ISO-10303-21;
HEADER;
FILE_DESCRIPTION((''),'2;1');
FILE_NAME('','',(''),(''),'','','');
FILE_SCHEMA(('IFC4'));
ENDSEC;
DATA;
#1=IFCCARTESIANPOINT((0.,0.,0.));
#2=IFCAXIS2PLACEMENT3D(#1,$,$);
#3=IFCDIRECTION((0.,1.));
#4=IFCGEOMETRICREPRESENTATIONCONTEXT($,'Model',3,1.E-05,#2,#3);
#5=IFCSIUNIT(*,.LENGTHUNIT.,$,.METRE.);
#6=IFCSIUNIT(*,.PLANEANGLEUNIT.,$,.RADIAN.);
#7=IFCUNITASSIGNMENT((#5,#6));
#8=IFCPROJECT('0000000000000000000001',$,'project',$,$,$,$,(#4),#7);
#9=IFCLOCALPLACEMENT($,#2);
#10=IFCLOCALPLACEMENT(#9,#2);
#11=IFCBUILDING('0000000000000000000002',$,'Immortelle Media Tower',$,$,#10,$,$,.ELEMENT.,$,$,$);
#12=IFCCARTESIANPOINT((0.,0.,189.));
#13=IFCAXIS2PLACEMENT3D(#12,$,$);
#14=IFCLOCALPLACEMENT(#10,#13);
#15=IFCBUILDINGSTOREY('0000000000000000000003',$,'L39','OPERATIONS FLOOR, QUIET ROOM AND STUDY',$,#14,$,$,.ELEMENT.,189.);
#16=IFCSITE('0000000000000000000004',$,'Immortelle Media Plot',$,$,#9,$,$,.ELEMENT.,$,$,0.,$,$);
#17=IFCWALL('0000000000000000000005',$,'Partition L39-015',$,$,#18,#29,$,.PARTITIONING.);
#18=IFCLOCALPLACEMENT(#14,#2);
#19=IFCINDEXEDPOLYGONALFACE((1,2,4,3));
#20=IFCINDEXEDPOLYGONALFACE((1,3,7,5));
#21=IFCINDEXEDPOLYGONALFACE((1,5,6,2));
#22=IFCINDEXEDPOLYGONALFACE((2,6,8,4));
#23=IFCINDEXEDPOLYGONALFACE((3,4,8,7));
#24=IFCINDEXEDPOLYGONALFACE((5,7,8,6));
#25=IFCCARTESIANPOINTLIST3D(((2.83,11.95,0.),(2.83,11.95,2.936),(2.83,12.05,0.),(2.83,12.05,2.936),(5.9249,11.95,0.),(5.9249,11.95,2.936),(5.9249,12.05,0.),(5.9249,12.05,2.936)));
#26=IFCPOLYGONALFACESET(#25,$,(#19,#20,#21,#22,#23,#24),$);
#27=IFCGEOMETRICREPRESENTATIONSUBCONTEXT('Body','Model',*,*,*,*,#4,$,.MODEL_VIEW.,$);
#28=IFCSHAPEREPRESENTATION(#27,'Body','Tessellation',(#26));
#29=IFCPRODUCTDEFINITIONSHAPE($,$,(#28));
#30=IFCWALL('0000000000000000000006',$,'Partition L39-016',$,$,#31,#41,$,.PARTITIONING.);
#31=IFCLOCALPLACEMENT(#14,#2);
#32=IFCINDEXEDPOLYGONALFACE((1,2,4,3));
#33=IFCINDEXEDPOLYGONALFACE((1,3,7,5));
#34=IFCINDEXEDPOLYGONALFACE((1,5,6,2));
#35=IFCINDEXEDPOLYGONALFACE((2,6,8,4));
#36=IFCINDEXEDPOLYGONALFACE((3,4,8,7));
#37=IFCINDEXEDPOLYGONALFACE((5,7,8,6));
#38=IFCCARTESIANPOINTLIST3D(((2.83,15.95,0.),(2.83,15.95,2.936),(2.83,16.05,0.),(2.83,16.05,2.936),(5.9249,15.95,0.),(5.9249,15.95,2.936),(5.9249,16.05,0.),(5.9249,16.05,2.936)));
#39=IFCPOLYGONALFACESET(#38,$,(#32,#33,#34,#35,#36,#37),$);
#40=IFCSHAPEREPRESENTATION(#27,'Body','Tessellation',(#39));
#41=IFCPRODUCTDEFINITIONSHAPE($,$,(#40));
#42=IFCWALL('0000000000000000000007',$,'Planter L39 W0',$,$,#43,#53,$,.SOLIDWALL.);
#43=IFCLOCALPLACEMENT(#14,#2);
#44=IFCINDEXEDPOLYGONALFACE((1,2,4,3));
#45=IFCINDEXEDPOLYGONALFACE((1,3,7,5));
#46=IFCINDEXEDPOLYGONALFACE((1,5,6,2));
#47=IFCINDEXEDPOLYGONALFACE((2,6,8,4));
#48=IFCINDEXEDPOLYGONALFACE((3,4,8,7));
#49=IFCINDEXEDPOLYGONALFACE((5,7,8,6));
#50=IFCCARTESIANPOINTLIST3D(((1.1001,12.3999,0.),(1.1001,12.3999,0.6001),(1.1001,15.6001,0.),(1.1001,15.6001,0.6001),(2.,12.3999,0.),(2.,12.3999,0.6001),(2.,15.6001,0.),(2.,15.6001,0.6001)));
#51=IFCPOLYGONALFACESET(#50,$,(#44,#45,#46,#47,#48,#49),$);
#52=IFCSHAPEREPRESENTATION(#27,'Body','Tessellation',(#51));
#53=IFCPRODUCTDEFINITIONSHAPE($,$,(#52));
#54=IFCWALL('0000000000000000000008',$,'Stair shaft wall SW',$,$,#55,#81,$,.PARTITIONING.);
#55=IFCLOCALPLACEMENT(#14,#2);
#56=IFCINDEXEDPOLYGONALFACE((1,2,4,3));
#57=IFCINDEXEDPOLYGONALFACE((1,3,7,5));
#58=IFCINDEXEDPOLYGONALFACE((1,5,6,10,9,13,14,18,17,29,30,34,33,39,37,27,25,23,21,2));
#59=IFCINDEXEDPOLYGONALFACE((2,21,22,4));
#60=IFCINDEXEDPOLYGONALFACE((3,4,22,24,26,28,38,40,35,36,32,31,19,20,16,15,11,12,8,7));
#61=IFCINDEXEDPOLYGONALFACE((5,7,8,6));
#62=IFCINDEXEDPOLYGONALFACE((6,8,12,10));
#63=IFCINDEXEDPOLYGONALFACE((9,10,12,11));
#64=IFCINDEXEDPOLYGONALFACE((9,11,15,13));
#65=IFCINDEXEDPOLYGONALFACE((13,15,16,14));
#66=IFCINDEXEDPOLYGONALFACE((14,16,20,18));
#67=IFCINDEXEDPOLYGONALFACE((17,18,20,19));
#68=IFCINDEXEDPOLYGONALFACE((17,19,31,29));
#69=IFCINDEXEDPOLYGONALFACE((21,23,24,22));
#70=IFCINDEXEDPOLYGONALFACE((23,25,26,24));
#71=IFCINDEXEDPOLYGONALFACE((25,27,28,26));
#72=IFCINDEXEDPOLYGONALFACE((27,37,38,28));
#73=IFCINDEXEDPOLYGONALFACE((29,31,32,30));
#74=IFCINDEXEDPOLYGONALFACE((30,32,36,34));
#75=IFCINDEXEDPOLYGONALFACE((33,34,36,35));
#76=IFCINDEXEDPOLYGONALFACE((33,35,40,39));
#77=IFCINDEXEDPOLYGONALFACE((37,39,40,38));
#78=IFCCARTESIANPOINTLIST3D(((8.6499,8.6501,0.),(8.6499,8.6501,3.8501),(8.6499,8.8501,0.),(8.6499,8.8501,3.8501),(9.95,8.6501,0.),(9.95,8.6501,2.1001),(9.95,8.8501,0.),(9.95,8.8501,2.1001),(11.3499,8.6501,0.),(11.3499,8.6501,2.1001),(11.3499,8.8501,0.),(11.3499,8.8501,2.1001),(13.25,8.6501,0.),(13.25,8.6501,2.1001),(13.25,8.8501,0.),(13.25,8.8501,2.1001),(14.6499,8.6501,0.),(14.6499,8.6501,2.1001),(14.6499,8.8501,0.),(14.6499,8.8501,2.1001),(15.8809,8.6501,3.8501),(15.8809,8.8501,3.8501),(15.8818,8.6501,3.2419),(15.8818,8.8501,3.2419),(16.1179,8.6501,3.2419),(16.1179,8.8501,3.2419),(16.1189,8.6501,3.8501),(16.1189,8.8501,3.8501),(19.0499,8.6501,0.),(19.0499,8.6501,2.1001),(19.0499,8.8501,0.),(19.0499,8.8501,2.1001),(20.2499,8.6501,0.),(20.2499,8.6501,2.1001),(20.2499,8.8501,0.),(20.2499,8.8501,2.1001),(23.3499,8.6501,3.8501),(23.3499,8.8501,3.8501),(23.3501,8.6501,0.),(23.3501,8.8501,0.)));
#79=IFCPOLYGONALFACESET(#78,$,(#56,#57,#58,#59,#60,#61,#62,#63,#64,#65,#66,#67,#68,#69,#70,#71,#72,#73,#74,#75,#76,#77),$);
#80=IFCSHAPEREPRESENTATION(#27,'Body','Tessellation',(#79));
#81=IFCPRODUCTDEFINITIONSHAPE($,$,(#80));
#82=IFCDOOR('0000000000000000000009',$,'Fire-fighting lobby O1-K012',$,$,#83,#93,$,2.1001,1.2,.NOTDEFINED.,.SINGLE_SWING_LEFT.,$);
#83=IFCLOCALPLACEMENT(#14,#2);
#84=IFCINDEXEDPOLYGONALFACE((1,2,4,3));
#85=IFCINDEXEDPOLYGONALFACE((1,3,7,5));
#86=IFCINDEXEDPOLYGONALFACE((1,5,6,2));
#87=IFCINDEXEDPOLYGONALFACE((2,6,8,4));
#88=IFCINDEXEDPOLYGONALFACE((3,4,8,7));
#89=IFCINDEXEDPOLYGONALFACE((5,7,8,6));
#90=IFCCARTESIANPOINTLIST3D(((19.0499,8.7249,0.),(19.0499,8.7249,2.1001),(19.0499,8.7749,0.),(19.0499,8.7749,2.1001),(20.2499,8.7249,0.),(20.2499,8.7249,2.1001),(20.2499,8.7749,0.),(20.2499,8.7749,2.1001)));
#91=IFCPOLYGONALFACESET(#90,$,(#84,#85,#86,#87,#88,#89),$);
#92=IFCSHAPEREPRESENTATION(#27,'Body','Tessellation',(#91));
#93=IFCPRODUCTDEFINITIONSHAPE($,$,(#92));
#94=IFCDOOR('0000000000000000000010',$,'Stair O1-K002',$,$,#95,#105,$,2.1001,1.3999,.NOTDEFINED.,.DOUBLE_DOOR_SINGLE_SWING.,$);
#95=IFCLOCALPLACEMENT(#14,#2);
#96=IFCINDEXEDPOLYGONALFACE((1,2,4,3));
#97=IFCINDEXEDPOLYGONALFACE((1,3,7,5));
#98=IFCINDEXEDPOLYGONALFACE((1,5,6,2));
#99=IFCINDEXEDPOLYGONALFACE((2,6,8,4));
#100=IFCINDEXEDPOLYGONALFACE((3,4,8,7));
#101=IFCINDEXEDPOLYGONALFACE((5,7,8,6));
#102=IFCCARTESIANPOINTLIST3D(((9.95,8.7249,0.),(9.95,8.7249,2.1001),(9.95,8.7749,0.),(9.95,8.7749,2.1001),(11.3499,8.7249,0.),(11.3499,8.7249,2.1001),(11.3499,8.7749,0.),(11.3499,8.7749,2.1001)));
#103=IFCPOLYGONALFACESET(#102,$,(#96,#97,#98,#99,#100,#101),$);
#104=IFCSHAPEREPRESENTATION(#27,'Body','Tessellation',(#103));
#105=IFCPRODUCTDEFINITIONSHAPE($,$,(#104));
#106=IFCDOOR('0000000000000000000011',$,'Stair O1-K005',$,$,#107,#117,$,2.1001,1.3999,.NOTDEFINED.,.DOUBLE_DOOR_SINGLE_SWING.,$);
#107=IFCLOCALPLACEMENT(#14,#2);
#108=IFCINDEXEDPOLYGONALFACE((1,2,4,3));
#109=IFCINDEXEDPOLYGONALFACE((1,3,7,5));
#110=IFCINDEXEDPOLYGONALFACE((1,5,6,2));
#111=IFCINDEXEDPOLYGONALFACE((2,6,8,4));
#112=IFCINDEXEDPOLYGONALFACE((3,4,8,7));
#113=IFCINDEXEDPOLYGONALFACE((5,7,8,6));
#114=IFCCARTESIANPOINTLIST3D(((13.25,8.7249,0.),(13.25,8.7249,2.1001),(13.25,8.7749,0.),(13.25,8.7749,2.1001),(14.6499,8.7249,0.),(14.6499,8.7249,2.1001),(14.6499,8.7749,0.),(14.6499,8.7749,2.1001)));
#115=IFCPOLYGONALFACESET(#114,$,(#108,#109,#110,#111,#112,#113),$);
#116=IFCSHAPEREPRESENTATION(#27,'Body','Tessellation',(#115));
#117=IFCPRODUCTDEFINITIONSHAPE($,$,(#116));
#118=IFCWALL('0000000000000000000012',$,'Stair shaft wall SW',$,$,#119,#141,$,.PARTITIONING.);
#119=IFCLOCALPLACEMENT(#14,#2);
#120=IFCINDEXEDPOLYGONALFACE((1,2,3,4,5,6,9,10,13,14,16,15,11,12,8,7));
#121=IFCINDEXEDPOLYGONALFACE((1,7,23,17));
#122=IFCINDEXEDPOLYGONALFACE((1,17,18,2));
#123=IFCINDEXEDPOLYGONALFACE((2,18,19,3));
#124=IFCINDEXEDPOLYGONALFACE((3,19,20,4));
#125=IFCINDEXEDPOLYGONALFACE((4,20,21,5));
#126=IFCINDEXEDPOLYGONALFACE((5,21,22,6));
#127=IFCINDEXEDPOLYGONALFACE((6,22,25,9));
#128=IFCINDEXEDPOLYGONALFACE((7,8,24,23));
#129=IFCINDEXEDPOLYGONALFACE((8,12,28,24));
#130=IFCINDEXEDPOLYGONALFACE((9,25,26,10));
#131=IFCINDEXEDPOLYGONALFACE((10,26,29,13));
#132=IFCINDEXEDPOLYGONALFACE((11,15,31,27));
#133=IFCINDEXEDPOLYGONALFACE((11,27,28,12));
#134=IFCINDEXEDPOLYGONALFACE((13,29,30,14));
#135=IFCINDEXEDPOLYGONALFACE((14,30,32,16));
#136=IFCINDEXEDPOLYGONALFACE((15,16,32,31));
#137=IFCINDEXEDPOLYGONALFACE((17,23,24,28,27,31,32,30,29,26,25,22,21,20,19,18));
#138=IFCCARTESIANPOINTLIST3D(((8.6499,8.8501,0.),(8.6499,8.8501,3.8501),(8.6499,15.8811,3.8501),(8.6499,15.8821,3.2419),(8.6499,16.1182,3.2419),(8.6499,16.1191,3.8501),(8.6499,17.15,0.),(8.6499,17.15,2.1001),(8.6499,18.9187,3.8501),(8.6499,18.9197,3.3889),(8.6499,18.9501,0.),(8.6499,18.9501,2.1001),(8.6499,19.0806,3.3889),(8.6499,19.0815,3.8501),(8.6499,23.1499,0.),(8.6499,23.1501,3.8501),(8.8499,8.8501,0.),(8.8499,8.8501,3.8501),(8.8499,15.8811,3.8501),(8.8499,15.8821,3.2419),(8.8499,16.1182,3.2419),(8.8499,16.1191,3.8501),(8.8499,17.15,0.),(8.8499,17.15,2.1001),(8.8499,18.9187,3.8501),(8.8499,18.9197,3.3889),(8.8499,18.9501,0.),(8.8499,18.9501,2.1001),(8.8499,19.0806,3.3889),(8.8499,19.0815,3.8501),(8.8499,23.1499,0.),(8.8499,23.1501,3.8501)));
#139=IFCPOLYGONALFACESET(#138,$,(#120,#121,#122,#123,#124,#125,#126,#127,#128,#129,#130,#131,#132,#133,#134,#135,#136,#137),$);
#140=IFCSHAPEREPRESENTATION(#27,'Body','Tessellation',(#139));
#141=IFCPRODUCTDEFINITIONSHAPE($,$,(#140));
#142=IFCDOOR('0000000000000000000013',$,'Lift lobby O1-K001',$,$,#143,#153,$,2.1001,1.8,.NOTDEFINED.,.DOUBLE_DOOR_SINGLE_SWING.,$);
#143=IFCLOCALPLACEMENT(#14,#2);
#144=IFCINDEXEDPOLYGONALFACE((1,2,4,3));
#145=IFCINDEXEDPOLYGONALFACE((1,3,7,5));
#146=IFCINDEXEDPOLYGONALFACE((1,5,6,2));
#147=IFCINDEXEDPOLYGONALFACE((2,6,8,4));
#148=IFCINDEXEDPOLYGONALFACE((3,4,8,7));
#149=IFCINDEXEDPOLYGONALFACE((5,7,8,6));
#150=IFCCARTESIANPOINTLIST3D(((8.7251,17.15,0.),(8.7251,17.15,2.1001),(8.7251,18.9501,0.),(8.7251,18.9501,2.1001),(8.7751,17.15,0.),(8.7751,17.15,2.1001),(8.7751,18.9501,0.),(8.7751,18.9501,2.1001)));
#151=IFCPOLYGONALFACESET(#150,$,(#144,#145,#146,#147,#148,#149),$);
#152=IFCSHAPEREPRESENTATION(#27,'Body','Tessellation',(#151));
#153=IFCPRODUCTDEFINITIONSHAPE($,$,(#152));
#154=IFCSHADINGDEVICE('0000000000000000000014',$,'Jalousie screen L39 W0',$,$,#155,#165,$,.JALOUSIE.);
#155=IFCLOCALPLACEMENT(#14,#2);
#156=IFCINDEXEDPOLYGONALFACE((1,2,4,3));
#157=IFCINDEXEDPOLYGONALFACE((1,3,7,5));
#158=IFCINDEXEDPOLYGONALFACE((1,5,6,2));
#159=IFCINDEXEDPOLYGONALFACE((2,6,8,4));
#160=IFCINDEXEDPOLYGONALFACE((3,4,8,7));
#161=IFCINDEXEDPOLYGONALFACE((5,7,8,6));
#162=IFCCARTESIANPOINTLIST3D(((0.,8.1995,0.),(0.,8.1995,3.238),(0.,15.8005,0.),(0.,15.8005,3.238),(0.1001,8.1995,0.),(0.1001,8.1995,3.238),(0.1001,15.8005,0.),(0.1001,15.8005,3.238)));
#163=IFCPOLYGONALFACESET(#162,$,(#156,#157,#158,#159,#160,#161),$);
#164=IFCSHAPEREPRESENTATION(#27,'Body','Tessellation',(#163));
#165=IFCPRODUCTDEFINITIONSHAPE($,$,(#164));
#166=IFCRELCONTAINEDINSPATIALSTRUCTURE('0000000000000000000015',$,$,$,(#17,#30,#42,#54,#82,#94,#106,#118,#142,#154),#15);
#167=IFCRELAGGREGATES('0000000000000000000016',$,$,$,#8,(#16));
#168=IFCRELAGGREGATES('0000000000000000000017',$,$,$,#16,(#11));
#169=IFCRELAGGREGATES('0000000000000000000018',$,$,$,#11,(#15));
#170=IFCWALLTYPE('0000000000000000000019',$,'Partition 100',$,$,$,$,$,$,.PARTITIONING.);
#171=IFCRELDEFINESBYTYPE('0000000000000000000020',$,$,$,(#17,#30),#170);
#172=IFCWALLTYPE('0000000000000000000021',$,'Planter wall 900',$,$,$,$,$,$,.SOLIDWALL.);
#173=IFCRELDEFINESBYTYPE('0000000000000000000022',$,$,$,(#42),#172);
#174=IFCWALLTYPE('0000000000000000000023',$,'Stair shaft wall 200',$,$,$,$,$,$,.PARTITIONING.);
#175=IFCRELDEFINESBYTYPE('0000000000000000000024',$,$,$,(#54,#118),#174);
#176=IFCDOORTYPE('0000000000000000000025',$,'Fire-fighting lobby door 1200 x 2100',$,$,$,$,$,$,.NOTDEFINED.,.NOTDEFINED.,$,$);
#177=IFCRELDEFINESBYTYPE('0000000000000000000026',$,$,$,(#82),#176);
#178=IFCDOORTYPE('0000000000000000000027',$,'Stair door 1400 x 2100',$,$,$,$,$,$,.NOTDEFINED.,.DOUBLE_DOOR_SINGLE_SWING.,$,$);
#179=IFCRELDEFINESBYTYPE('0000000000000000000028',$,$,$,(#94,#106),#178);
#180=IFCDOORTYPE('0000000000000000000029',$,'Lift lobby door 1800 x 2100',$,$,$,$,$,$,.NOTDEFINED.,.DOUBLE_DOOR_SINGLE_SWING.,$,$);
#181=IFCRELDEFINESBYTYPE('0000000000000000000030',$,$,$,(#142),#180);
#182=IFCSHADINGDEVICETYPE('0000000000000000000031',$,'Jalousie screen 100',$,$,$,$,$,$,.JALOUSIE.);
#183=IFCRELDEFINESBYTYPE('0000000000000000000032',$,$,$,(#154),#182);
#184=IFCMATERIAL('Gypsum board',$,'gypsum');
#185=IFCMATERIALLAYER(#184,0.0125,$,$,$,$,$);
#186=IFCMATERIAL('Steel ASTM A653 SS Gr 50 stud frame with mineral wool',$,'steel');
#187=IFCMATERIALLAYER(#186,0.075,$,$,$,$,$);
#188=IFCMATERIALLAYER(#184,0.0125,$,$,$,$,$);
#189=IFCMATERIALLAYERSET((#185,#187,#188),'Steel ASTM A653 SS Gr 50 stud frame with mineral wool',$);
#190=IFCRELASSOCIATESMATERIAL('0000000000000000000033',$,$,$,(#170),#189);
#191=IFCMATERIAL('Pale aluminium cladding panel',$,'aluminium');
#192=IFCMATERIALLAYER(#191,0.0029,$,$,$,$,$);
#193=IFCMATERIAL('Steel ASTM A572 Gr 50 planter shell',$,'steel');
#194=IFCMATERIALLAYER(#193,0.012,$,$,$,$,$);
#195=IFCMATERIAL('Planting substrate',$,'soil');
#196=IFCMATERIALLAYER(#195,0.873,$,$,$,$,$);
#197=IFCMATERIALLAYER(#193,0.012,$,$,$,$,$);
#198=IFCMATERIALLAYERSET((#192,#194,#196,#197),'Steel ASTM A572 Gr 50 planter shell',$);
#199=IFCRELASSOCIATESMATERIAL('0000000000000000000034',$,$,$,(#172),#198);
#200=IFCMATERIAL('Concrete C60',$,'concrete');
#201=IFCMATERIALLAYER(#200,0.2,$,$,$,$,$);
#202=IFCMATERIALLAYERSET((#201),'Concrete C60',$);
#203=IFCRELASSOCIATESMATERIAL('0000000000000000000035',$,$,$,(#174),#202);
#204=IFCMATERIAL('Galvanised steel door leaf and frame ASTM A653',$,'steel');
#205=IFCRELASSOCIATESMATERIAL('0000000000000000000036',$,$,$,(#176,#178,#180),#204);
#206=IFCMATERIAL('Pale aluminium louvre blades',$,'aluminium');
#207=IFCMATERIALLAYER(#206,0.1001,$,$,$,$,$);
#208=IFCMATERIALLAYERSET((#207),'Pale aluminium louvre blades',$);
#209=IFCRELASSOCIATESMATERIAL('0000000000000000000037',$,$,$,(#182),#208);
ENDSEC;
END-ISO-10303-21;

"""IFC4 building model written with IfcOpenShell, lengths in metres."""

from ifc_helpers import new_model, si_unit, direction, frame, frame_2d, origin, origin_2d, place, context, subcontext, project, spatial, polyline, rectangle, outline, extrude, material, layer, layer_set, type_object, element, fill, save


model = new_model("IFC4")

# Units and contexts
model_context = context("Model", 3, precision=1e-05, world=origin(), true_north=direction((0.0, 1.0)))
body_context = subcontext(model_context, "Body", "Model", "MODEL_VIEW")
ifc_project = project(units=[si_unit("LENGTHUNIT", "METRE"), si_unit("PLANEANGLEUNIT", "RADIAN")], contexts=[model_context])

# Site, building, storey
site_placement = place(None, origin())
site = spatial("IfcSite", under=ifc_project, at=site_placement, Name="Immortelle Media Plot", CompositionType="ELEMENT", RefElevation=0.0)
building_placement = place(site_placement, origin())
building = spatial("IfcBuilding", under=site, at=building_placement, Name="Immortelle Media Tower", CompositionType="ELEMENT")
storey_placement = place(building_placement, frame((0.0, 0.0, 189.0)))
storey = spatial("IfcBuildingStorey", under=building, at=storey_placement, Name="L39", Description="OPERATIONS FLOOR, QUIET ROOM AND STUDY", CompositionType="ELEMENT", Elevation=189.0)

# Shared definitions
ifc_material_1 = material(Name="Pale aluminium cladding panel", Category="aluminium")
ifc_material_2 = material(Name="Steel ASTM A653 SS Gr 50 stud frame with mineral wool", Category="steel")

# Walls
ifc_material_3 = material(Name="Gypsum board", Category="gypsum")
ifc_layer_1 = layer(ifc_material_3, 0.0125)
ifc_layer_2 = layer(ifc_material_2, 0.075)
ifc_layer_3 = layer(ifc_material_3, 0.0125)
ifc_layer_set_1 = layer_set([ifc_layer_1, ifc_layer_2, ifc_layer_3], Name="Steel ASTM A653 SS Gr 50 stud frame with mineral wool")
wall_type_1 = type_object("IfcWallType", Name="Partition 100", PredefinedType="PARTITIONING", material=ifc_layer_set_1)
for number, where, z_axis, x_axis, name in (
    (1, (2.8301, 12.0, 0.0), (0.0, 0.0, 1.0), (1.0, 0.0, 0.0), "Partition L39-015"),
    (2, (2.8301, 16.0, 0.0), (0.0, 0.0, 1.0), (1.0, 0.0, 0.0), "Partition L39-016"),
):
    element("IfcWall", number, at=place(storey_placement, frame(where, z_axis=z_axis, x_axis=x_axis)), inside=storey, type_object=wall_type_1, Name=name, PredefinedType="PARTITIONING", context=body_context, shape_type="SweptSolid", body=[
        extrude(rectangle(XDim=3.095, YDim=0.1001, at=frame_2d((1.5474, 0.0))), origin(), (0.0, 0.0, 1.0), 2.936),
    ])
ifc_layer_4 = layer(ifc_material_1, 0.0029)
ifc_material_4 = material(Name="Steel ASTM A572 Gr 50 planter shell", Category="steel")
ifc_layer_5 = layer(ifc_material_4, 0.012)
ifc_material_5 = material(Name="Planting substrate", Category="soil")
ifc_layer_6 = layer(ifc_material_5, 0.873)
ifc_layer_7 = layer(ifc_material_4, 0.012)
ifc_layer_set_2 = layer_set([ifc_layer_4, ifc_layer_5, ifc_layer_6, ifc_layer_7], Name="Steel ASTM A572 Gr 50 planter shell")
wall_type_2 = type_object("IfcWallType", Name="Planter wall 900", PredefinedType="SOLIDWALL", material=ifc_layer_set_2)
wall_1_placement = place(storey_placement, frame((1.55, 15.6001, 0.0), z_axis=(0.0, 0.0, 1.0), x_axis=(0.0, -1.0, 0.0)))
element("IfcWall", 3, at=wall_1_placement, inside=storey, type_object=wall_type_2, Name="Planter L39 W0", PredefinedType="SOLIDWALL", context=body_context, shape_type="SweptSolid", body=[
    extrude(rectangle(XDim=3.2002, YDim=0.8999, at=frame_2d((1.6001, 0.0))), origin(), (0.0, 0.0, 1.0), 0.6001),
])

# Wall, openings, doors
ifc_material_6 = material(Name="Concrete C60", Category="concrete")
ifc_layer_8 = layer(ifc_material_6, 0.2)
ifc_layer_set_3 = layer_set([ifc_layer_8], Name="Concrete C60")
wall_type_3 = type_object("IfcWallType", Name="Stair shaft wall 200", PredefinedType="PARTITIONING", material=ifc_layer_set_3)
wall_2_placement = place(storey_placement, frame((8.6499, 8.75, 0.0), z_axis=(0.0, 0.0, 1.0), x_axis=(1.0, 0.0, 0.0)))
wall_2 = element("IfcWall", 4, at=wall_2_placement, inside=storey, type_object=wall_type_3, Name="Stair shaft wall SW", PredefinedType="PARTITIONING", context=body_context, shape_type="SweptSolid", body=[
    extrude(outline(polyline([(0.0, 0.0), (14.7002, 0.0), (14.7, 3.8501), (7.469, 3.8501), (7.468, 3.2419), (7.2319, 3.2419), (7.231, 3.8501), (0.0, 3.8501), (0.0, 0.0)])), frame((0.0, 0.1001, 0.0), z_axis=(0.0, -1.0, 0.0), x_axis=(1.0, 0.0, 0.0)), (0.0, 0.0, 1.0), 0.2),
])
opening_1_placement = place(wall_2_placement, frame((1.3, 0.0, 0.0)))
opening_1 = element("IfcOpeningElement", 5, at=opening_1_placement, cuts=wall_2, PredefinedType="OPENING", context=body_context, shape_type="SweptSolid", body=[
    extrude(rectangle(XDim=1.3999, YDim=2.1001, at=frame_2d((0.7, 1.05))), frame((0.0, 0.1099, 0.0), z_axis=(0.0, -1.0, 0.0), x_axis=(1.0, 0.0, 0.0)), (0.0, 0.0, 1.0), 0.22),
])
opening_2_placement = place(wall_2_placement, frame((4.6001, 0.0, 0.0)))
opening_2 = element("IfcOpeningElement", 6, at=opening_2_placement, cuts=wall_2, PredefinedType="OPENING", context=body_context, shape_type="SweptSolid", body=[
    extrude(rectangle(XDim=1.3999, YDim=2.1001, at=frame_2d((0.7, 1.05))), frame((0.0, 0.1099, 0.0), z_axis=(0.0, -1.0, 0.0), x_axis=(1.0, 0.0, 0.0)), (0.0, 0.0, 1.0), 0.22),
])
opening_3_placement = place(wall_2_placement, frame((10.3999, 0.0, 0.0)))
opening_3 = element("IfcOpeningElement", 7, at=opening_3_placement, cuts=wall_2, PredefinedType="OPENING", context=body_context, shape_type="SweptSolid", body=[
    extrude(rectangle(XDim=1.2, YDim=2.1001, at=frame_2d((0.6001, 1.05))), frame((0.0, 0.1099, 0.0), z_axis=(0.0, -1.0, 0.0), x_axis=(1.0, 0.0, 0.0)), (0.0, 0.0, 1.0), 0.22),
])
ifc_material_7 = material(Name="Galvanised steel door leaf and frame ASTM A653", Category="steel")
door_type_1 = type_object("IfcDoorType", Name="Fire-fighting lobby door 1200 x 2100", OperationType="NOTDEFINED", PredefinedType="NOTDEFINED", material=ifc_material_7)
door_1_placement = place(opening_3_placement, origin())
door_1 = element("IfcDoor", 8, at=door_1_placement, inside=storey, type_object=door_type_1, Name="Fire-fighting lobby O1-K012", OperationType="SINGLE_SWING_LEFT", OverallHeight=2.1001, OverallWidth=1.2, PredefinedType="NOTDEFINED", context=body_context, shape_type="SweptSolid", body=[
    extrude(rectangle(XDim=1.2, YDim=2.1001, at=frame_2d((0.6001, 1.05))), frame((0.0, 0.0249, 0.0), z_axis=(0.0, -1.0, 0.0), x_axis=(1.0, 0.0, 0.0)), (0.0, 0.0, 1.0), 0.05),
])
fill(opening_3, door_1)
door_type_2 = type_object("IfcDoorType", Name="Stair door 1400 x 2100", OperationType="DOUBLE_DOOR_SINGLE_SWING", PredefinedType="NOTDEFINED", material=ifc_material_7)
door_2_placement = place(opening_1_placement, origin())
door_2 = element("IfcDoor", 9, at=door_2_placement, inside=storey, type_object=door_type_2, Name="Stair O1-K002", OperationType="DOUBLE_DOOR_SINGLE_SWING", OverallHeight=2.1001, OverallWidth=1.3999, PredefinedType="NOTDEFINED", context=body_context, shape_type="SweptSolid", body=[
    extrude(rectangle(XDim=1.3999, YDim=2.1001, at=frame_2d((0.7, 1.05))), frame((0.0, 0.0249, 0.0), z_axis=(0.0, -1.0, 0.0), x_axis=(1.0, 0.0, 0.0)), (0.0, 0.0, 1.0), 0.05),
])
fill(opening_1, door_2)
door_3_placement = place(opening_2_placement, origin())
door_3 = element("IfcDoor", 10, at=door_3_placement, inside=storey, type_object=door_type_2, Name="Stair O1-K005", OperationType="DOUBLE_DOOR_SINGLE_SWING", OverallHeight=2.1001, OverallWidth=1.3999, PredefinedType="NOTDEFINED", context=body_context, shape_type="SweptSolid", body=[
    extrude(rectangle(XDim=1.3999, YDim=2.1001, at=frame_2d((0.7, 1.05))), frame((0.0, 0.0249, 0.0), z_axis=(0.0, -1.0, 0.0), x_axis=(1.0, 0.0, 0.0)), (0.0, 0.0, 1.0), 0.05),
])
fill(opening_2, door_3)

# Wall, opening, door
wall_3_placement = place(storey_placement, frame((8.75, 8.8501, 0.0), z_axis=(0.0, 0.0, 1.0), x_axis=(0.0, 1.0, 0.0)))
wall_3 = element("IfcWall", 11, at=wall_3_placement, inside=storey, type_object=wall_type_3, Name="Stair shaft wall SW", PredefinedType="PARTITIONING", context=body_context, shape_type="SweptSolid", body=[
    extrude(outline(polyline([(0.0, 0.0), (14.2998, 0.0), (14.3, 3.8501), (10.2314, 3.8501), (10.2305, 3.3889), (10.0696, 3.3889), (10.0686, 3.8501), (7.269, 3.8501), (7.2681, 3.2419), (7.032, 3.2419), (7.031, 3.8501), (0.0, 3.8501), (0.0, 0.0)])), frame((0.0, 0.1001, 0.0), z_axis=(0.0, -1.0, 0.0), x_axis=(1.0, 0.0, 0.0)), (0.0, 0.0, 1.0), 0.2),
])
opening_4_placement = place(wall_3_placement, frame((8.3, 0.0, 0.0)))
opening_4 = element("IfcOpeningElement", 12, at=opening_4_placement, cuts=wall_3, PredefinedType="OPENING", context=body_context, shape_type="SweptSolid", body=[
    extrude(rectangle(XDim=1.8, YDim=2.1001, at=frame_2d((0.8999, 1.05))), frame((0.0, 0.1099, 0.0), z_axis=(0.0, -1.0, 0.0), x_axis=(1.0, 0.0, 0.0)), (0.0, 0.0, 1.0), 0.22),
])
door_type_3 = type_object("IfcDoorType", Name="Lift lobby door 1800 x 2100", OperationType="DOUBLE_DOOR_SINGLE_SWING", PredefinedType="NOTDEFINED", material=ifc_material_7)
door_4_placement = place(opening_4_placement, origin())
door_4 = element("IfcDoor", 13, at=door_4_placement, inside=storey, type_object=door_type_3, Name="Lift lobby O1-K001", OperationType="DOUBLE_DOOR_SINGLE_SWING", OverallHeight=2.1001, OverallWidth=1.8, PredefinedType="NOTDEFINED", context=body_context, shape_type="SweptSolid", body=[
    extrude(rectangle(XDim=1.8, YDim=2.1001, at=frame_2d((0.8999, 1.05))), frame((0.0, 0.0249, 0.0), z_axis=(0.0, -1.0, 0.0), x_axis=(1.0, 0.0, 0.0)), (0.0, 0.0, 1.0), 0.05),
])
fill(opening_4, door_4)

# Shading device
ifc_material_8 = material(Name="Pale aluminium louvre blades", Category="aluminium")
ifc_layer_9 = layer(ifc_material_8, 0.1001)
ifc_layer_set_4 = layer_set([ifc_layer_9], Name="Pale aluminium louvre blades")
shading_device_type_1 = type_object("IfcShadingDeviceType", Name="Jalousie screen 100", PredefinedType="JALOUSIE", material=ifc_layer_set_4)
shading_device_1_placement = place(storey_placement, frame((0.05, 12.0, 0.0), z_axis=(0.0, 0.0, 1.0), x_axis=(0.0, -1.0, 0.0)))
element("IfcShadingDevice", 14, at=shading_device_1_placement, inside=storey, type_object=shading_device_type_1, Name="Jalousie screen L39 W0", PredefinedType="JALOUSIE", context=body_context, shape_type="SweptSolid", body=[
    extrude(rectangle(XDim=7.6011, YDim=0.1001, at=origin_2d()), origin(), (0.0, 0.0, 1.0), 3.238),
])

save(model, "model.ifc")
